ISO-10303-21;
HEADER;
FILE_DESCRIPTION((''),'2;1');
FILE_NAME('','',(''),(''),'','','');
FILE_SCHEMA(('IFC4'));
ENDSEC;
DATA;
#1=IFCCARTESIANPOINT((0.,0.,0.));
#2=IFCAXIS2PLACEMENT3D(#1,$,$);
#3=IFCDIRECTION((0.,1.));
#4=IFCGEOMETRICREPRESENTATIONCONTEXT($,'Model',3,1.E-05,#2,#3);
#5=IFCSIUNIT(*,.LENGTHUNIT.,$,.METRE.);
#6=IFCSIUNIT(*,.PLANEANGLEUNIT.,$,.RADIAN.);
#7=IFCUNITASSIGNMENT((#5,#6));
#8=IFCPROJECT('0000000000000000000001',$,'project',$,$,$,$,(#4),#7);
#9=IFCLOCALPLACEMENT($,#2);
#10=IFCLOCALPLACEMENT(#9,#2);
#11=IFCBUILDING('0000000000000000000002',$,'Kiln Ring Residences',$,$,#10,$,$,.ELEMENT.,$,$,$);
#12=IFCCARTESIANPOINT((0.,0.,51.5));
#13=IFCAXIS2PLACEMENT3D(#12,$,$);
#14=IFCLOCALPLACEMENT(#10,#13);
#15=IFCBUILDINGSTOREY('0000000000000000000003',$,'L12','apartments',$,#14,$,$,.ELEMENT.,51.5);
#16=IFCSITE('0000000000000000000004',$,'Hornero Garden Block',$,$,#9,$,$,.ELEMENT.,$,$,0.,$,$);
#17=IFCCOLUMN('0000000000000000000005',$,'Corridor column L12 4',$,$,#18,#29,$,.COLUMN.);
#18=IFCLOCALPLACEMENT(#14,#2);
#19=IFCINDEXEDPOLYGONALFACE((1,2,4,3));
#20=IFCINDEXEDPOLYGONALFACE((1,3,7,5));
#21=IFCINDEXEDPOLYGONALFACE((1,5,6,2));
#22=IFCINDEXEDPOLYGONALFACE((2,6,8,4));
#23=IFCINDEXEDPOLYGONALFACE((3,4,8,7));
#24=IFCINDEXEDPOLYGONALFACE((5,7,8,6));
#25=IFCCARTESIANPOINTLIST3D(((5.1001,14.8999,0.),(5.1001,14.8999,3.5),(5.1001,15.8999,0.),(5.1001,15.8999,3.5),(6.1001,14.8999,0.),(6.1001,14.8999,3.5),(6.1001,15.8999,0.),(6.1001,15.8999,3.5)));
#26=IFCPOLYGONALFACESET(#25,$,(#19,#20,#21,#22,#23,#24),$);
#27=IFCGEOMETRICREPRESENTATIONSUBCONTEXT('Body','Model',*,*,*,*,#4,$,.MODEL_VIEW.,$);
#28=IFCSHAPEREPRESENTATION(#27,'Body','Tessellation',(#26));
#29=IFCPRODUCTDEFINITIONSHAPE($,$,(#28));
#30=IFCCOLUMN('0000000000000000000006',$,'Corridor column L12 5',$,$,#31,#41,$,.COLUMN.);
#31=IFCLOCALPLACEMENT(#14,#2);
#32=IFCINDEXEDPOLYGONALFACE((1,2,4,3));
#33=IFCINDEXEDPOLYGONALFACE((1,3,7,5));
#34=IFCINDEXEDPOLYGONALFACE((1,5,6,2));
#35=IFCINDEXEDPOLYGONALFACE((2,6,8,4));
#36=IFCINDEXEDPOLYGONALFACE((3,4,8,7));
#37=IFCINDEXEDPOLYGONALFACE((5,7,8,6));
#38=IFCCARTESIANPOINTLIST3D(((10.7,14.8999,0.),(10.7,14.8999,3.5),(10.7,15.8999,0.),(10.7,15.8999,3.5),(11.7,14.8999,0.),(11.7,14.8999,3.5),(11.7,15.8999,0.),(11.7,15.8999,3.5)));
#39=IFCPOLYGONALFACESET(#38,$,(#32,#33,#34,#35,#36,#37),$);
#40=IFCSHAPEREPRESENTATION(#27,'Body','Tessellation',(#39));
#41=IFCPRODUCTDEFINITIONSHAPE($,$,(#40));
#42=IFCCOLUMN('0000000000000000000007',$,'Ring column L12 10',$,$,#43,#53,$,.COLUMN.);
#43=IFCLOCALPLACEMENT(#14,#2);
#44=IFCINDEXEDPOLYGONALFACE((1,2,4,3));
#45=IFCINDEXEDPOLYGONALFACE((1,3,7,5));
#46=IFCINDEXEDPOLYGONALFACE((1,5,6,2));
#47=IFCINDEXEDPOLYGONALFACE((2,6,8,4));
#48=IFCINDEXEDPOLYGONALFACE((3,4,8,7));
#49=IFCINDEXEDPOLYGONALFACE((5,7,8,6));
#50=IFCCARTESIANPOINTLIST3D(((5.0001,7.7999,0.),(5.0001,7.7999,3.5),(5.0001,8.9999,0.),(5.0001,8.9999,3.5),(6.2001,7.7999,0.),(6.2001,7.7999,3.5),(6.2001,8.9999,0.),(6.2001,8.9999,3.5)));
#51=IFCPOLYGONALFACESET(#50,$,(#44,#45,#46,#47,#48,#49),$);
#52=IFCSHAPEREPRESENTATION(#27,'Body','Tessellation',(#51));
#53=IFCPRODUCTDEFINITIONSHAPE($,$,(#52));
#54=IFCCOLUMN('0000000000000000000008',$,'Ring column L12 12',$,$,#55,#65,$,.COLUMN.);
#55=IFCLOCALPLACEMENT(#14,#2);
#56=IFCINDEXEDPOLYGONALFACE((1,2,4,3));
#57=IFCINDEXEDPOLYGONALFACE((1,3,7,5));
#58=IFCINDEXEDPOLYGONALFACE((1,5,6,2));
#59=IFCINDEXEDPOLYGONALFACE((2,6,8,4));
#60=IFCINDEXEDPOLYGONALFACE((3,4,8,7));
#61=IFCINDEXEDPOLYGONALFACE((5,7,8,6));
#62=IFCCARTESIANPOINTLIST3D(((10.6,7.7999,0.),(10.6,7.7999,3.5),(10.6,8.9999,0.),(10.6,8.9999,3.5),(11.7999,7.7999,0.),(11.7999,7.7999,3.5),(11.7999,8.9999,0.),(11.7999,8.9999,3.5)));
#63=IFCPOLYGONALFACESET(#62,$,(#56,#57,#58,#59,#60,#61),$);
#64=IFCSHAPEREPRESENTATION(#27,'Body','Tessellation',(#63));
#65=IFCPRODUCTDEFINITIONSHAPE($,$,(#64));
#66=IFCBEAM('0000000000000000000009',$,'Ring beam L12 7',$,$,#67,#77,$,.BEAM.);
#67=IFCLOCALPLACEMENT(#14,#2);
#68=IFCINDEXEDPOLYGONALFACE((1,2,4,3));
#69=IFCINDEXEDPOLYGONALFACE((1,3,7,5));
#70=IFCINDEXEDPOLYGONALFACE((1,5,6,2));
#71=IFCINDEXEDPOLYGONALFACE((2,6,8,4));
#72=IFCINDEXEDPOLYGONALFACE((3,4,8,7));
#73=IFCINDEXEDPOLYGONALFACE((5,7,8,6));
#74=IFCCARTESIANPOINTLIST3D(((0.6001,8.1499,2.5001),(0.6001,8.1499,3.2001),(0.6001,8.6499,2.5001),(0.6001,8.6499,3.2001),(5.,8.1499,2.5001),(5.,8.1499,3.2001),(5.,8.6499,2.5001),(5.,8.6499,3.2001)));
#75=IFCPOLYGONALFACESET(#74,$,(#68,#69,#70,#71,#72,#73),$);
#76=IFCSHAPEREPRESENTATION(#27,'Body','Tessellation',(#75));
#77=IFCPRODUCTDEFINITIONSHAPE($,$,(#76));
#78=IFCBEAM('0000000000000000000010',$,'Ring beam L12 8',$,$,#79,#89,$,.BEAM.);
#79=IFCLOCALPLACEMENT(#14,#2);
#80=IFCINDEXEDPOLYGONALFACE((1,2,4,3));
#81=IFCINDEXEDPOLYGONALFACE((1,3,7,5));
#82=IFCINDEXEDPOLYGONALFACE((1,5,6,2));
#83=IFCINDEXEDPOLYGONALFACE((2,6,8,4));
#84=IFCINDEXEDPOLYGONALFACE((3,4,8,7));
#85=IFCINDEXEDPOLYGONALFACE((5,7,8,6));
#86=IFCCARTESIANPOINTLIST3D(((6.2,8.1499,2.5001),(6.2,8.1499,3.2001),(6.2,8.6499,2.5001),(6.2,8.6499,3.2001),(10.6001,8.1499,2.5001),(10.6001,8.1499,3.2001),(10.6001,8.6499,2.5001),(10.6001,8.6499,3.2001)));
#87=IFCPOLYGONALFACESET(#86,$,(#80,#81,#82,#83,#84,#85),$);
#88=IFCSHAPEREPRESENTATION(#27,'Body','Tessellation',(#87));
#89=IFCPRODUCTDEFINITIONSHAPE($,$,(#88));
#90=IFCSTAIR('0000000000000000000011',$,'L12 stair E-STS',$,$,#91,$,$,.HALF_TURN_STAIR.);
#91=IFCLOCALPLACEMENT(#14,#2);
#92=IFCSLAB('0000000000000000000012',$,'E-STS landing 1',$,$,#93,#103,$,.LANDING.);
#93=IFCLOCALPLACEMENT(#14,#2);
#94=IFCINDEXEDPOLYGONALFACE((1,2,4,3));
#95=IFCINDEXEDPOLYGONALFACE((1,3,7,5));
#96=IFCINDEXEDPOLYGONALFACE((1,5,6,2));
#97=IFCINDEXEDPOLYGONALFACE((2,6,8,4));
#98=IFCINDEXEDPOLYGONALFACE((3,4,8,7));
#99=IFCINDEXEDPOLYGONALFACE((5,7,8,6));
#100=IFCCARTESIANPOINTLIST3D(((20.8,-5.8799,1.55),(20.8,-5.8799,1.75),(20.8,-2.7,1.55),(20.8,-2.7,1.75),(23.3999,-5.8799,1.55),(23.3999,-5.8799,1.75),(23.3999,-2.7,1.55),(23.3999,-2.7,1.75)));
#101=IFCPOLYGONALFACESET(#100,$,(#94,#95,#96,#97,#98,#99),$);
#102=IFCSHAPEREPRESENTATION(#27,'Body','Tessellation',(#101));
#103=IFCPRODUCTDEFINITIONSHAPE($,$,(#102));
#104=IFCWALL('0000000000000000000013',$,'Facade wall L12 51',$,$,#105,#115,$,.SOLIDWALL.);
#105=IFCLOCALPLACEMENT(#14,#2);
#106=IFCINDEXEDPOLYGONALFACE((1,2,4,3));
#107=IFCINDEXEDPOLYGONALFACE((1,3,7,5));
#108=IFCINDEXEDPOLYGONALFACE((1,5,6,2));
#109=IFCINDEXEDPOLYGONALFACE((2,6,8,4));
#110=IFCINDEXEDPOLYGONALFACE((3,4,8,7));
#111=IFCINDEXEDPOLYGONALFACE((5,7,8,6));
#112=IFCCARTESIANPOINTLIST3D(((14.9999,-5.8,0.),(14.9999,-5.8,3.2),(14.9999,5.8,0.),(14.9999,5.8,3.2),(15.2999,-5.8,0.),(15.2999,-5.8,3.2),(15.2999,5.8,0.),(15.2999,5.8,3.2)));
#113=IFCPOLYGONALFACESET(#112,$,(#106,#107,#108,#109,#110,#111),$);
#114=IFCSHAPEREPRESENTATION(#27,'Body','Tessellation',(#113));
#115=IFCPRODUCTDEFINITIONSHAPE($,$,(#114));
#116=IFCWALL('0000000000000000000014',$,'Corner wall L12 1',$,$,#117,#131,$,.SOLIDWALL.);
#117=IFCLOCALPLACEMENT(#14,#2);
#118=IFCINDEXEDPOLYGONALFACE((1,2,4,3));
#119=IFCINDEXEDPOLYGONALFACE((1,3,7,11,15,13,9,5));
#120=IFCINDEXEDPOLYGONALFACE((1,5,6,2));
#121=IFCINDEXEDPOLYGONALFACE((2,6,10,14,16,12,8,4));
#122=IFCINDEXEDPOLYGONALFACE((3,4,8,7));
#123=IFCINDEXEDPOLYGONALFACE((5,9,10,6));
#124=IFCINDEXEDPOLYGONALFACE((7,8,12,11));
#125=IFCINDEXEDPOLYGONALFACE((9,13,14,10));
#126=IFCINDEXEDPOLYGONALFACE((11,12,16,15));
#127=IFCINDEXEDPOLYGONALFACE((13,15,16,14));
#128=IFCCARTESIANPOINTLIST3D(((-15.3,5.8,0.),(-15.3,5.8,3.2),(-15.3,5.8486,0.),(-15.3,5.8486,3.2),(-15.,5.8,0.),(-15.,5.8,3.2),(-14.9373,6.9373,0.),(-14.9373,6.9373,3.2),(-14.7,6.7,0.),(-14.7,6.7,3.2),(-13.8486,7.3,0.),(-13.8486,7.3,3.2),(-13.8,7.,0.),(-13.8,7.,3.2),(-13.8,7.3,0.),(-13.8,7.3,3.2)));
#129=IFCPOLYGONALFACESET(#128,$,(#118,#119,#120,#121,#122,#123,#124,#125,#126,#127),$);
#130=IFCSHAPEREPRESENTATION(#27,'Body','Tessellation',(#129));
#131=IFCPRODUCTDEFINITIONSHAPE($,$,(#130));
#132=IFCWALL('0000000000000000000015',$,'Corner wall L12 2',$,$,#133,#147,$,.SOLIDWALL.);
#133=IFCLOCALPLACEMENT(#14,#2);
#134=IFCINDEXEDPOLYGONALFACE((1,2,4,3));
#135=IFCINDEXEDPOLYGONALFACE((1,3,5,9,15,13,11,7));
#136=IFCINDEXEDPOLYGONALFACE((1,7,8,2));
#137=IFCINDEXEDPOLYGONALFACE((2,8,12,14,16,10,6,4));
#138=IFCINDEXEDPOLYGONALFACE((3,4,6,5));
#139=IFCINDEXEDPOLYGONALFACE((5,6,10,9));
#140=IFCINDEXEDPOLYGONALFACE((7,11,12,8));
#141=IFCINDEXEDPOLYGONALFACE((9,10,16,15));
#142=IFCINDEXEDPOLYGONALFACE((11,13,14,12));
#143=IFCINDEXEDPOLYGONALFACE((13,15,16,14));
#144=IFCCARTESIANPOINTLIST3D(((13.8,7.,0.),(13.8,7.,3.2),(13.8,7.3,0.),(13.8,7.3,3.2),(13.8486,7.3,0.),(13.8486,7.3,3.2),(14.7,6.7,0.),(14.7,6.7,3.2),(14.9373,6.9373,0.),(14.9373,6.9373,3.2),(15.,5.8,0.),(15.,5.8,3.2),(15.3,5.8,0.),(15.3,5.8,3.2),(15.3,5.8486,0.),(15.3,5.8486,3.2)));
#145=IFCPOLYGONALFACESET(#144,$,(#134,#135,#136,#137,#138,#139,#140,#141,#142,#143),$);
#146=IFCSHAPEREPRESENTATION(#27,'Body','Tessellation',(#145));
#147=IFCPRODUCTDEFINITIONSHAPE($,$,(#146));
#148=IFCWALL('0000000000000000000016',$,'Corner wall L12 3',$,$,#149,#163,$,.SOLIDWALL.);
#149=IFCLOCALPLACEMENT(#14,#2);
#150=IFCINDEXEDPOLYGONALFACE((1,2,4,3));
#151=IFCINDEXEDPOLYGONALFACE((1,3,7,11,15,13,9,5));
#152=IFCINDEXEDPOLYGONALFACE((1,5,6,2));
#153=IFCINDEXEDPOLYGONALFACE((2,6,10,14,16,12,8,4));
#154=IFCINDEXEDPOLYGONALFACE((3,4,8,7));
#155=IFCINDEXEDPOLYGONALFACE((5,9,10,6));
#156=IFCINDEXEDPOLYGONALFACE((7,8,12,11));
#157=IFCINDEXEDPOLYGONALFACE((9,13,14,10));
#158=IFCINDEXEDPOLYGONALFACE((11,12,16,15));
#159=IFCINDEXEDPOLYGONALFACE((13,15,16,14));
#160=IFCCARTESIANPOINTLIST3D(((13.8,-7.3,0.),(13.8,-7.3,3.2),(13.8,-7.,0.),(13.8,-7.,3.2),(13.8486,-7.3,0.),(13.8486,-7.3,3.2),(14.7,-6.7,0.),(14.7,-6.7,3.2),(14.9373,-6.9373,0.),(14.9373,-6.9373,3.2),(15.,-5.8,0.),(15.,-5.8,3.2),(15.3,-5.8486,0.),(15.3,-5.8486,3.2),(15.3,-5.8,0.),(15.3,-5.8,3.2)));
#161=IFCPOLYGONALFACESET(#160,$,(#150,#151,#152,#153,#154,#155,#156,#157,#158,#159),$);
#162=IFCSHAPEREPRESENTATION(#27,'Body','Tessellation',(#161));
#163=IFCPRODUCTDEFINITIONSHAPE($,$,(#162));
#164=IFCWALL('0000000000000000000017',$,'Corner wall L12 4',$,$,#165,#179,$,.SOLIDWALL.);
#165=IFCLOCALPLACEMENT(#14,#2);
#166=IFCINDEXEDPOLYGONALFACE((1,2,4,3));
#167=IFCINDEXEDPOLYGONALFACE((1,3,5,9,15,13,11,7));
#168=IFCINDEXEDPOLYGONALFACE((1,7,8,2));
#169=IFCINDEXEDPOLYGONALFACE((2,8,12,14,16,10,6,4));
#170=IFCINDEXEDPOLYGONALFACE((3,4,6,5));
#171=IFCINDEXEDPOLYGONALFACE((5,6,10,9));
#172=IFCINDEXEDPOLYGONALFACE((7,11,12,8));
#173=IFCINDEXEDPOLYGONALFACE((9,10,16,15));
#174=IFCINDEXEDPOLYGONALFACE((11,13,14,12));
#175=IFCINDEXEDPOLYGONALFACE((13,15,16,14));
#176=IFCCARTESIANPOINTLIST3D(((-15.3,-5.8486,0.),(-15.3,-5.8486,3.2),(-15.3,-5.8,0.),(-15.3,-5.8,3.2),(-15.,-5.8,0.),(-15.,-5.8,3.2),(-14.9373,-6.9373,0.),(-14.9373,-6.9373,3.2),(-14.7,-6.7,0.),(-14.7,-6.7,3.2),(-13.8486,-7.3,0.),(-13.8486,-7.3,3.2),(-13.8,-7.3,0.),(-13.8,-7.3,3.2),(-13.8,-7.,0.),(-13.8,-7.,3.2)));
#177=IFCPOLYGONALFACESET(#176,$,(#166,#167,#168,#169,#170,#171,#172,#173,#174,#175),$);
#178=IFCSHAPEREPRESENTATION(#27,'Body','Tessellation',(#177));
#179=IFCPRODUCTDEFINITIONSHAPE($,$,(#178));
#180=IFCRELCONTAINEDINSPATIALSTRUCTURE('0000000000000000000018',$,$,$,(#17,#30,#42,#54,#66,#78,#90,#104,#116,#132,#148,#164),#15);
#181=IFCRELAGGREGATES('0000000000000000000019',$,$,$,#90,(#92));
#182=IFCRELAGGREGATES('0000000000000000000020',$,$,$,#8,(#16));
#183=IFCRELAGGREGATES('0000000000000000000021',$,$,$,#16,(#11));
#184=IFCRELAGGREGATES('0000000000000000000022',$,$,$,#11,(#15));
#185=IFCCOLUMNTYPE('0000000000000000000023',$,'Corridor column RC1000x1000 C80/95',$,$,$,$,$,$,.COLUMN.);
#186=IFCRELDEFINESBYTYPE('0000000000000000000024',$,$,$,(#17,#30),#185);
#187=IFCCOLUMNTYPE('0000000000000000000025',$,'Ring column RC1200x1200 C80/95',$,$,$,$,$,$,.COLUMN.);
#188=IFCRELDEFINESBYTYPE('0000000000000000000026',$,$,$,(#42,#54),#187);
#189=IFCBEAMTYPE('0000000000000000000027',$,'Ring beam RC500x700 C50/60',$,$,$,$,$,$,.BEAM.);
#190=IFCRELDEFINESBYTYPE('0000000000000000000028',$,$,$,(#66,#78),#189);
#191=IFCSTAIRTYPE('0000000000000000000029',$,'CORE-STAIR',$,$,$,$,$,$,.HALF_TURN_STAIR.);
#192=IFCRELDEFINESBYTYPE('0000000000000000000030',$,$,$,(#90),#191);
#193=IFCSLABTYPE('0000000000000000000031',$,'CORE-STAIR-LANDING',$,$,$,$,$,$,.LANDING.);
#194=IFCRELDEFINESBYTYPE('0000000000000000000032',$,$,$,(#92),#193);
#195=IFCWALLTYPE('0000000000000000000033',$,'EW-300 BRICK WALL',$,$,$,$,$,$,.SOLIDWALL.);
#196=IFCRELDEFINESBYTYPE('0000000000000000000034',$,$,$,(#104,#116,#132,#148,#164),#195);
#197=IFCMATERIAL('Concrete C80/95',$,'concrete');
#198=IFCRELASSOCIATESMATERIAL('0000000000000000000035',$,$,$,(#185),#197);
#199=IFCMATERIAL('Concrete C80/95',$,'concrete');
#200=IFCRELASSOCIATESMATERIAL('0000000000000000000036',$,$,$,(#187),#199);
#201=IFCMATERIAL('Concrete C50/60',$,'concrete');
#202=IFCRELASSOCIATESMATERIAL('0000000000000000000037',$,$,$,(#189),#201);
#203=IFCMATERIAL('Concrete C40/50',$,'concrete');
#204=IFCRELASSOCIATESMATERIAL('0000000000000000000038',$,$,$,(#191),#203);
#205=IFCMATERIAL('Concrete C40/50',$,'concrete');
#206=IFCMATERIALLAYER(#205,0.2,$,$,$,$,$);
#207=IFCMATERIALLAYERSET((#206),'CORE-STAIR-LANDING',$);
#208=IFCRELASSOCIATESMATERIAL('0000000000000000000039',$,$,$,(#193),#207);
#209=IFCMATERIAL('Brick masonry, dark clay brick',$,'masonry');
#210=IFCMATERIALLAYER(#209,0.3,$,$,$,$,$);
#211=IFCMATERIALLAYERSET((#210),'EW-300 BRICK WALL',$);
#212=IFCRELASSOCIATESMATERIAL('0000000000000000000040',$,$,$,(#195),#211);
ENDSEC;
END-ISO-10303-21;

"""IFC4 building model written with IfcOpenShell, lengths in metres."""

from ifc_helpers import new_model, si_unit, direction, frame, frame_2d, origin, origin_2d, place, context, subcontext, project, spatial, polyline, rectangle, outline, extrude, material, layer, layer_set, material_profile, profile_set, type_object, element, aggregate, save


model = new_model("IFC4")

# Units and contexts
model_context = context("Model", 3, precision=1e-05, world=origin(), true_north=direction((0.0, 1.0)))
body_context = subcontext(model_context, "Body", "Model", "MODEL_VIEW")
ifc_project = project(units=[si_unit("LENGTHUNIT", "METRE"), si_unit("PLANEANGLEUNIT", "RADIAN")], contexts=[model_context])

# Site, building, storey
site_placement = place(None, origin())
site = spatial("IfcSite", under=ifc_project, at=site_placement, Name="Hornero Garden Block", CompositionType="ELEMENT", RefElevation=0.0)
building_placement = place(site_placement, origin())
building = spatial("IfcBuilding", under=site, at=building_placement, Name="Kiln Ring Residences", CompositionType="ELEMENT")
storey_placement = place(building_placement, frame((0.0, 0.0, 51.5)))
storey = spatial("IfcBuildingStorey", under=building, at=storey_placement, Name="L12", Description="apartments", CompositionType="ELEMENT", Elevation=51.5)

# Columns
ifc_material_1 = material(Name="Concrete C80/95", Category="concrete")
ifc_material_profile_1 = material_profile(ifc_material_1, rectangle(XDim=1.0, YDim=1.0, at=origin_2d()), Name="RC1000x1000")
ifc_profile_set_1 = profile_set([ifc_material_profile_1], Name="Concrete C80/95")
column_type_1 = type_object("IfcColumnType", Name="Corridor column RC1000x1000 C80/95", PredefinedType="COLUMN", material=ifc_profile_set_1)
for number, where, z_axis, x_axis, name in (
    (1, (5.6001, 15.3999, 0.0), (0.0, 0.0, 1.0), (1.0, 0.0, 0.0), "Corridor column L12 4"),
    (2, (11.2, 15.3999, 0.0), (0.0, 0.0, 1.0), (1.0, 0.0, 0.0), "Corridor column L12 5"),
):
    element("IfcColumn", number, at=place(storey_placement, frame(where, z_axis=z_axis, x_axis=x_axis)), inside=storey, type_object=column_type_1, Name=name, PredefinedType="COLUMN", context=body_context, shape_type="SweptSolid", body=[
        extrude(rectangle(XDim=1.0, YDim=1.0, at=origin_2d()), origin(), (0.0, 0.0, 1.0), 3.5),
    ])
ifc_material_2 = material(Name="Concrete C80/95", Category="concrete")
ifc_material_profile_2 = material_profile(ifc_material_2, rectangle(XDim=1.2, YDim=1.2, at=origin_2d()), Name="RC1200x1200")
ifc_profile_set_2 = profile_set([ifc_material_profile_2], Name="Concrete C80/95")
column_type_2 = type_object("IfcColumnType", Name="Ring column RC1200x1200 C80/95", PredefinedType="COLUMN", material=ifc_profile_set_2)
for number, where, z_axis, x_axis, name in (
    (3, (5.6001, 8.3999, 0.0), (0.0, 0.0, 1.0), (1.0, 0.0, 0.0), "Ring column L12 10"),
    (4, (11.2, 8.3999, 0.0), (0.0, 0.0, 1.0), (1.0, 0.0, 0.0), "Ring column L12 12"),
):
    element("IfcColumn", number, at=place(storey_placement, frame(where, z_axis=z_axis, x_axis=x_axis)), inside=storey, type_object=column_type_2, Name=name, PredefinedType="COLUMN", context=body_context, shape_type="SweptSolid", body=[
        extrude(rectangle(XDim=1.2, YDim=1.2, at=origin_2d()), origin(), (0.0, 0.0, 1.0), 3.5),
    ])

# Beams
ifc_material_3 = material(Name="Concrete C50/60", Category="concrete")
ifc_material_profile_3 = material_profile(ifc_material_3, rectangle(XDim=0.5, YDim=0.7, at=origin_2d()), Name="RC500x700")
ifc_profile_set_3 = profile_set([ifc_material_profile_3], Name="Concrete C50/60")
beam_type = type_object("IfcBeamType", Name="Ring beam RC500x700 C50/60", PredefinedType="BEAM", material=ifc_profile_set_3)
beam_1_placement = place(storey_placement, frame((0.6001, 8.3999, 2.8501), z_axis=(1.0, 0.0, 0.0), x_axis=(0.0, 1.0, 0.0)))
element("IfcBeam", 5, at=beam_1_placement, inside=storey, type_object=beam_type, Name="Ring beam L12 7", PredefinedType="BEAM", context=body_context, shape_type="SweptSolid", body=[
    extrude(rectangle(XDim=0.5, YDim=0.7, at=origin_2d()), origin(), (0.0, 0.0, 1.0), 4.3999),
])
beam_2_placement = place(storey_placement, frame((6.2, 8.3999, 2.8501), z_axis=(1.0, 0.0, 0.0), x_axis=(0.0, 1.0, 0.0)))
element("IfcBeam", 6, at=beam_2_placement, inside=storey, type_object=beam_type, Name="Ring beam L12 8", PredefinedType="BEAM", context=body_context, shape_type="SweptSolid", body=[
    extrude(rectangle(XDim=0.5, YDim=0.7, at=origin_2d()), origin(), (0.0, 0.0, 1.0), 4.4001),
])

# Stair, slab
ifc_material_4 = material(Name="Concrete C40/50", Category="concrete")
stair_type = type_object("IfcStairType", Name="CORE-STAIR", PredefinedType="HALF_TURN_STAIR", material=ifc_material_4)
placement = place(storey_placement, origin())
stair = element("IfcStair", 7, at=placement, inside=storey, type_object=stair_type, Name="L12 stair E-STS", PredefinedType="HALF_TURN_STAIR")
ifc_material_5 = material(Name="Concrete C40/50", Category="concrete")
ifc_layer_1 = layer(ifc_material_5, 0.2)
ifc_layer_set_1 = layer_set([ifc_layer_1], Name="CORE-STAIR-LANDING")
slab_type = type_object("IfcSlabType", Name="CORE-STAIR-LANDING", PredefinedType="LANDING", material=ifc_layer_set_1)
slab_placement = place(storey_placement, frame((0.0, 0.0, 1.55)))
slab = element("IfcSlab", 8, at=slab_placement, type_object=slab_type, Name="E-STS landing 1", PredefinedType="LANDING", context=body_context, shape_type="SweptSolid", body=[
    extrude(outline(polyline([(23.3999, -5.8799), (23.3999, -2.7), (20.8, -2.7), (20.8, -5.8799), (23.3999, -5.8799)])), origin(), (0.0, 0.0, 1.0), 0.2),
])
aggregate(stair, [slab])

# Walls
ifc_material_6 = material(Name="Brick masonry, dark clay brick", Category="masonry")
ifc_layer_2 = layer(ifc_material_6, 0.3)
ifc_layer_set_2 = layer_set([ifc_layer_2], Name="EW-300 BRICK WALL")
wall_type_1 = type_object("IfcWallType", Name="EW-300 BRICK WALL", PredefinedType="SOLIDWALL", material=ifc_layer_set_2)
wall_1_placement = place(storey_placement, frame((15.1499, 5.8, 0.0), z_axis=(0.0, 0.0, 1.0), x_axis=(0.0, -1.0, 0.0)))
element("IfcWall", 9, at=wall_1_placement, inside=storey, type_object=wall_type_1, Name="Facade wall L12 51", PredefinedType="SOLIDWALL", context=body_context, shape_type="SweptSolid", body=[
    extrude(rectangle(XDim=11.6001, YDim=0.3, at=frame_2d((5.8, 0.0))), origin(), (0.0, 0.0, 1.0), 3.2),
])
element("IfcWall", 10, at=placement, inside=storey, type_object=wall_type_1, Name="Corner wall L12 1", PredefinedType="SOLIDWALL", context=body_context, shape_type="SweptSolid", body=[
    extrude(outline(polyline([(-13.8486, 7.3), (-14.9373, 6.9373), (-15.3, 5.8486), (-15.3, 5.8), (-15.0, 5.8), (-14.7, 6.7), (-13.8, 7.0), (-13.8, 7.3), (-13.8486, 7.3)])), origin(), (0.0, 0.0, 1.0), 3.2),
])
element("IfcWall", 11, at=placement, inside=storey, type_object=wall_type_1, Name="Corner wall L12 2", PredefinedType="SOLIDWALL", context=body_context, shape_type="SweptSolid", body=[
    extrude(outline(polyline([(14.9373, 6.9373), (13.8486, 7.3), (13.8, 7.3), (13.8, 7.0), (14.7, 6.7), (15.0, 5.8), (15.3, 5.8), (15.3, 5.8486), (14.9373, 6.9373)])), origin(), (0.0, 0.0, 1.0), 3.2),
])
element("IfcWall", 12, at=placement, inside=storey, type_object=wall_type_1, Name="Corner wall L12 3", PredefinedType="SOLIDWALL", context=body_context, shape_type="SweptSolid", body=[
    extrude(outline(polyline([(14.9373, -6.9373), (15.3, -5.8486), (15.3, -5.8), (15.0, -5.8), (14.7, -6.7), (13.8, -7.0), (13.8, -7.3), (13.8486, -7.3), (14.9373, -6.9373)])), origin(), (0.0, 0.0, 1.0), 3.2),
])
element("IfcWall", 13, at=placement, inside=storey, type_object=wall_type_1, Name="Corner wall L12 4", PredefinedType="SOLIDWALL", context=body_context, shape_type="SweptSolid", body=[
    extrude(outline(polyline([(-14.9373, -6.9373), (-13.8486, -7.3), (-13.8, -7.3), (-13.8, -7.0), (-14.7, -6.7), (-15.0, -5.8), (-15.3, -5.8), (-15.3, -5.8486), (-14.9373, -6.9373)])), origin(), (0.0, 0.0, 1.0), 3.2),
])

save(model, "model.ifc")
